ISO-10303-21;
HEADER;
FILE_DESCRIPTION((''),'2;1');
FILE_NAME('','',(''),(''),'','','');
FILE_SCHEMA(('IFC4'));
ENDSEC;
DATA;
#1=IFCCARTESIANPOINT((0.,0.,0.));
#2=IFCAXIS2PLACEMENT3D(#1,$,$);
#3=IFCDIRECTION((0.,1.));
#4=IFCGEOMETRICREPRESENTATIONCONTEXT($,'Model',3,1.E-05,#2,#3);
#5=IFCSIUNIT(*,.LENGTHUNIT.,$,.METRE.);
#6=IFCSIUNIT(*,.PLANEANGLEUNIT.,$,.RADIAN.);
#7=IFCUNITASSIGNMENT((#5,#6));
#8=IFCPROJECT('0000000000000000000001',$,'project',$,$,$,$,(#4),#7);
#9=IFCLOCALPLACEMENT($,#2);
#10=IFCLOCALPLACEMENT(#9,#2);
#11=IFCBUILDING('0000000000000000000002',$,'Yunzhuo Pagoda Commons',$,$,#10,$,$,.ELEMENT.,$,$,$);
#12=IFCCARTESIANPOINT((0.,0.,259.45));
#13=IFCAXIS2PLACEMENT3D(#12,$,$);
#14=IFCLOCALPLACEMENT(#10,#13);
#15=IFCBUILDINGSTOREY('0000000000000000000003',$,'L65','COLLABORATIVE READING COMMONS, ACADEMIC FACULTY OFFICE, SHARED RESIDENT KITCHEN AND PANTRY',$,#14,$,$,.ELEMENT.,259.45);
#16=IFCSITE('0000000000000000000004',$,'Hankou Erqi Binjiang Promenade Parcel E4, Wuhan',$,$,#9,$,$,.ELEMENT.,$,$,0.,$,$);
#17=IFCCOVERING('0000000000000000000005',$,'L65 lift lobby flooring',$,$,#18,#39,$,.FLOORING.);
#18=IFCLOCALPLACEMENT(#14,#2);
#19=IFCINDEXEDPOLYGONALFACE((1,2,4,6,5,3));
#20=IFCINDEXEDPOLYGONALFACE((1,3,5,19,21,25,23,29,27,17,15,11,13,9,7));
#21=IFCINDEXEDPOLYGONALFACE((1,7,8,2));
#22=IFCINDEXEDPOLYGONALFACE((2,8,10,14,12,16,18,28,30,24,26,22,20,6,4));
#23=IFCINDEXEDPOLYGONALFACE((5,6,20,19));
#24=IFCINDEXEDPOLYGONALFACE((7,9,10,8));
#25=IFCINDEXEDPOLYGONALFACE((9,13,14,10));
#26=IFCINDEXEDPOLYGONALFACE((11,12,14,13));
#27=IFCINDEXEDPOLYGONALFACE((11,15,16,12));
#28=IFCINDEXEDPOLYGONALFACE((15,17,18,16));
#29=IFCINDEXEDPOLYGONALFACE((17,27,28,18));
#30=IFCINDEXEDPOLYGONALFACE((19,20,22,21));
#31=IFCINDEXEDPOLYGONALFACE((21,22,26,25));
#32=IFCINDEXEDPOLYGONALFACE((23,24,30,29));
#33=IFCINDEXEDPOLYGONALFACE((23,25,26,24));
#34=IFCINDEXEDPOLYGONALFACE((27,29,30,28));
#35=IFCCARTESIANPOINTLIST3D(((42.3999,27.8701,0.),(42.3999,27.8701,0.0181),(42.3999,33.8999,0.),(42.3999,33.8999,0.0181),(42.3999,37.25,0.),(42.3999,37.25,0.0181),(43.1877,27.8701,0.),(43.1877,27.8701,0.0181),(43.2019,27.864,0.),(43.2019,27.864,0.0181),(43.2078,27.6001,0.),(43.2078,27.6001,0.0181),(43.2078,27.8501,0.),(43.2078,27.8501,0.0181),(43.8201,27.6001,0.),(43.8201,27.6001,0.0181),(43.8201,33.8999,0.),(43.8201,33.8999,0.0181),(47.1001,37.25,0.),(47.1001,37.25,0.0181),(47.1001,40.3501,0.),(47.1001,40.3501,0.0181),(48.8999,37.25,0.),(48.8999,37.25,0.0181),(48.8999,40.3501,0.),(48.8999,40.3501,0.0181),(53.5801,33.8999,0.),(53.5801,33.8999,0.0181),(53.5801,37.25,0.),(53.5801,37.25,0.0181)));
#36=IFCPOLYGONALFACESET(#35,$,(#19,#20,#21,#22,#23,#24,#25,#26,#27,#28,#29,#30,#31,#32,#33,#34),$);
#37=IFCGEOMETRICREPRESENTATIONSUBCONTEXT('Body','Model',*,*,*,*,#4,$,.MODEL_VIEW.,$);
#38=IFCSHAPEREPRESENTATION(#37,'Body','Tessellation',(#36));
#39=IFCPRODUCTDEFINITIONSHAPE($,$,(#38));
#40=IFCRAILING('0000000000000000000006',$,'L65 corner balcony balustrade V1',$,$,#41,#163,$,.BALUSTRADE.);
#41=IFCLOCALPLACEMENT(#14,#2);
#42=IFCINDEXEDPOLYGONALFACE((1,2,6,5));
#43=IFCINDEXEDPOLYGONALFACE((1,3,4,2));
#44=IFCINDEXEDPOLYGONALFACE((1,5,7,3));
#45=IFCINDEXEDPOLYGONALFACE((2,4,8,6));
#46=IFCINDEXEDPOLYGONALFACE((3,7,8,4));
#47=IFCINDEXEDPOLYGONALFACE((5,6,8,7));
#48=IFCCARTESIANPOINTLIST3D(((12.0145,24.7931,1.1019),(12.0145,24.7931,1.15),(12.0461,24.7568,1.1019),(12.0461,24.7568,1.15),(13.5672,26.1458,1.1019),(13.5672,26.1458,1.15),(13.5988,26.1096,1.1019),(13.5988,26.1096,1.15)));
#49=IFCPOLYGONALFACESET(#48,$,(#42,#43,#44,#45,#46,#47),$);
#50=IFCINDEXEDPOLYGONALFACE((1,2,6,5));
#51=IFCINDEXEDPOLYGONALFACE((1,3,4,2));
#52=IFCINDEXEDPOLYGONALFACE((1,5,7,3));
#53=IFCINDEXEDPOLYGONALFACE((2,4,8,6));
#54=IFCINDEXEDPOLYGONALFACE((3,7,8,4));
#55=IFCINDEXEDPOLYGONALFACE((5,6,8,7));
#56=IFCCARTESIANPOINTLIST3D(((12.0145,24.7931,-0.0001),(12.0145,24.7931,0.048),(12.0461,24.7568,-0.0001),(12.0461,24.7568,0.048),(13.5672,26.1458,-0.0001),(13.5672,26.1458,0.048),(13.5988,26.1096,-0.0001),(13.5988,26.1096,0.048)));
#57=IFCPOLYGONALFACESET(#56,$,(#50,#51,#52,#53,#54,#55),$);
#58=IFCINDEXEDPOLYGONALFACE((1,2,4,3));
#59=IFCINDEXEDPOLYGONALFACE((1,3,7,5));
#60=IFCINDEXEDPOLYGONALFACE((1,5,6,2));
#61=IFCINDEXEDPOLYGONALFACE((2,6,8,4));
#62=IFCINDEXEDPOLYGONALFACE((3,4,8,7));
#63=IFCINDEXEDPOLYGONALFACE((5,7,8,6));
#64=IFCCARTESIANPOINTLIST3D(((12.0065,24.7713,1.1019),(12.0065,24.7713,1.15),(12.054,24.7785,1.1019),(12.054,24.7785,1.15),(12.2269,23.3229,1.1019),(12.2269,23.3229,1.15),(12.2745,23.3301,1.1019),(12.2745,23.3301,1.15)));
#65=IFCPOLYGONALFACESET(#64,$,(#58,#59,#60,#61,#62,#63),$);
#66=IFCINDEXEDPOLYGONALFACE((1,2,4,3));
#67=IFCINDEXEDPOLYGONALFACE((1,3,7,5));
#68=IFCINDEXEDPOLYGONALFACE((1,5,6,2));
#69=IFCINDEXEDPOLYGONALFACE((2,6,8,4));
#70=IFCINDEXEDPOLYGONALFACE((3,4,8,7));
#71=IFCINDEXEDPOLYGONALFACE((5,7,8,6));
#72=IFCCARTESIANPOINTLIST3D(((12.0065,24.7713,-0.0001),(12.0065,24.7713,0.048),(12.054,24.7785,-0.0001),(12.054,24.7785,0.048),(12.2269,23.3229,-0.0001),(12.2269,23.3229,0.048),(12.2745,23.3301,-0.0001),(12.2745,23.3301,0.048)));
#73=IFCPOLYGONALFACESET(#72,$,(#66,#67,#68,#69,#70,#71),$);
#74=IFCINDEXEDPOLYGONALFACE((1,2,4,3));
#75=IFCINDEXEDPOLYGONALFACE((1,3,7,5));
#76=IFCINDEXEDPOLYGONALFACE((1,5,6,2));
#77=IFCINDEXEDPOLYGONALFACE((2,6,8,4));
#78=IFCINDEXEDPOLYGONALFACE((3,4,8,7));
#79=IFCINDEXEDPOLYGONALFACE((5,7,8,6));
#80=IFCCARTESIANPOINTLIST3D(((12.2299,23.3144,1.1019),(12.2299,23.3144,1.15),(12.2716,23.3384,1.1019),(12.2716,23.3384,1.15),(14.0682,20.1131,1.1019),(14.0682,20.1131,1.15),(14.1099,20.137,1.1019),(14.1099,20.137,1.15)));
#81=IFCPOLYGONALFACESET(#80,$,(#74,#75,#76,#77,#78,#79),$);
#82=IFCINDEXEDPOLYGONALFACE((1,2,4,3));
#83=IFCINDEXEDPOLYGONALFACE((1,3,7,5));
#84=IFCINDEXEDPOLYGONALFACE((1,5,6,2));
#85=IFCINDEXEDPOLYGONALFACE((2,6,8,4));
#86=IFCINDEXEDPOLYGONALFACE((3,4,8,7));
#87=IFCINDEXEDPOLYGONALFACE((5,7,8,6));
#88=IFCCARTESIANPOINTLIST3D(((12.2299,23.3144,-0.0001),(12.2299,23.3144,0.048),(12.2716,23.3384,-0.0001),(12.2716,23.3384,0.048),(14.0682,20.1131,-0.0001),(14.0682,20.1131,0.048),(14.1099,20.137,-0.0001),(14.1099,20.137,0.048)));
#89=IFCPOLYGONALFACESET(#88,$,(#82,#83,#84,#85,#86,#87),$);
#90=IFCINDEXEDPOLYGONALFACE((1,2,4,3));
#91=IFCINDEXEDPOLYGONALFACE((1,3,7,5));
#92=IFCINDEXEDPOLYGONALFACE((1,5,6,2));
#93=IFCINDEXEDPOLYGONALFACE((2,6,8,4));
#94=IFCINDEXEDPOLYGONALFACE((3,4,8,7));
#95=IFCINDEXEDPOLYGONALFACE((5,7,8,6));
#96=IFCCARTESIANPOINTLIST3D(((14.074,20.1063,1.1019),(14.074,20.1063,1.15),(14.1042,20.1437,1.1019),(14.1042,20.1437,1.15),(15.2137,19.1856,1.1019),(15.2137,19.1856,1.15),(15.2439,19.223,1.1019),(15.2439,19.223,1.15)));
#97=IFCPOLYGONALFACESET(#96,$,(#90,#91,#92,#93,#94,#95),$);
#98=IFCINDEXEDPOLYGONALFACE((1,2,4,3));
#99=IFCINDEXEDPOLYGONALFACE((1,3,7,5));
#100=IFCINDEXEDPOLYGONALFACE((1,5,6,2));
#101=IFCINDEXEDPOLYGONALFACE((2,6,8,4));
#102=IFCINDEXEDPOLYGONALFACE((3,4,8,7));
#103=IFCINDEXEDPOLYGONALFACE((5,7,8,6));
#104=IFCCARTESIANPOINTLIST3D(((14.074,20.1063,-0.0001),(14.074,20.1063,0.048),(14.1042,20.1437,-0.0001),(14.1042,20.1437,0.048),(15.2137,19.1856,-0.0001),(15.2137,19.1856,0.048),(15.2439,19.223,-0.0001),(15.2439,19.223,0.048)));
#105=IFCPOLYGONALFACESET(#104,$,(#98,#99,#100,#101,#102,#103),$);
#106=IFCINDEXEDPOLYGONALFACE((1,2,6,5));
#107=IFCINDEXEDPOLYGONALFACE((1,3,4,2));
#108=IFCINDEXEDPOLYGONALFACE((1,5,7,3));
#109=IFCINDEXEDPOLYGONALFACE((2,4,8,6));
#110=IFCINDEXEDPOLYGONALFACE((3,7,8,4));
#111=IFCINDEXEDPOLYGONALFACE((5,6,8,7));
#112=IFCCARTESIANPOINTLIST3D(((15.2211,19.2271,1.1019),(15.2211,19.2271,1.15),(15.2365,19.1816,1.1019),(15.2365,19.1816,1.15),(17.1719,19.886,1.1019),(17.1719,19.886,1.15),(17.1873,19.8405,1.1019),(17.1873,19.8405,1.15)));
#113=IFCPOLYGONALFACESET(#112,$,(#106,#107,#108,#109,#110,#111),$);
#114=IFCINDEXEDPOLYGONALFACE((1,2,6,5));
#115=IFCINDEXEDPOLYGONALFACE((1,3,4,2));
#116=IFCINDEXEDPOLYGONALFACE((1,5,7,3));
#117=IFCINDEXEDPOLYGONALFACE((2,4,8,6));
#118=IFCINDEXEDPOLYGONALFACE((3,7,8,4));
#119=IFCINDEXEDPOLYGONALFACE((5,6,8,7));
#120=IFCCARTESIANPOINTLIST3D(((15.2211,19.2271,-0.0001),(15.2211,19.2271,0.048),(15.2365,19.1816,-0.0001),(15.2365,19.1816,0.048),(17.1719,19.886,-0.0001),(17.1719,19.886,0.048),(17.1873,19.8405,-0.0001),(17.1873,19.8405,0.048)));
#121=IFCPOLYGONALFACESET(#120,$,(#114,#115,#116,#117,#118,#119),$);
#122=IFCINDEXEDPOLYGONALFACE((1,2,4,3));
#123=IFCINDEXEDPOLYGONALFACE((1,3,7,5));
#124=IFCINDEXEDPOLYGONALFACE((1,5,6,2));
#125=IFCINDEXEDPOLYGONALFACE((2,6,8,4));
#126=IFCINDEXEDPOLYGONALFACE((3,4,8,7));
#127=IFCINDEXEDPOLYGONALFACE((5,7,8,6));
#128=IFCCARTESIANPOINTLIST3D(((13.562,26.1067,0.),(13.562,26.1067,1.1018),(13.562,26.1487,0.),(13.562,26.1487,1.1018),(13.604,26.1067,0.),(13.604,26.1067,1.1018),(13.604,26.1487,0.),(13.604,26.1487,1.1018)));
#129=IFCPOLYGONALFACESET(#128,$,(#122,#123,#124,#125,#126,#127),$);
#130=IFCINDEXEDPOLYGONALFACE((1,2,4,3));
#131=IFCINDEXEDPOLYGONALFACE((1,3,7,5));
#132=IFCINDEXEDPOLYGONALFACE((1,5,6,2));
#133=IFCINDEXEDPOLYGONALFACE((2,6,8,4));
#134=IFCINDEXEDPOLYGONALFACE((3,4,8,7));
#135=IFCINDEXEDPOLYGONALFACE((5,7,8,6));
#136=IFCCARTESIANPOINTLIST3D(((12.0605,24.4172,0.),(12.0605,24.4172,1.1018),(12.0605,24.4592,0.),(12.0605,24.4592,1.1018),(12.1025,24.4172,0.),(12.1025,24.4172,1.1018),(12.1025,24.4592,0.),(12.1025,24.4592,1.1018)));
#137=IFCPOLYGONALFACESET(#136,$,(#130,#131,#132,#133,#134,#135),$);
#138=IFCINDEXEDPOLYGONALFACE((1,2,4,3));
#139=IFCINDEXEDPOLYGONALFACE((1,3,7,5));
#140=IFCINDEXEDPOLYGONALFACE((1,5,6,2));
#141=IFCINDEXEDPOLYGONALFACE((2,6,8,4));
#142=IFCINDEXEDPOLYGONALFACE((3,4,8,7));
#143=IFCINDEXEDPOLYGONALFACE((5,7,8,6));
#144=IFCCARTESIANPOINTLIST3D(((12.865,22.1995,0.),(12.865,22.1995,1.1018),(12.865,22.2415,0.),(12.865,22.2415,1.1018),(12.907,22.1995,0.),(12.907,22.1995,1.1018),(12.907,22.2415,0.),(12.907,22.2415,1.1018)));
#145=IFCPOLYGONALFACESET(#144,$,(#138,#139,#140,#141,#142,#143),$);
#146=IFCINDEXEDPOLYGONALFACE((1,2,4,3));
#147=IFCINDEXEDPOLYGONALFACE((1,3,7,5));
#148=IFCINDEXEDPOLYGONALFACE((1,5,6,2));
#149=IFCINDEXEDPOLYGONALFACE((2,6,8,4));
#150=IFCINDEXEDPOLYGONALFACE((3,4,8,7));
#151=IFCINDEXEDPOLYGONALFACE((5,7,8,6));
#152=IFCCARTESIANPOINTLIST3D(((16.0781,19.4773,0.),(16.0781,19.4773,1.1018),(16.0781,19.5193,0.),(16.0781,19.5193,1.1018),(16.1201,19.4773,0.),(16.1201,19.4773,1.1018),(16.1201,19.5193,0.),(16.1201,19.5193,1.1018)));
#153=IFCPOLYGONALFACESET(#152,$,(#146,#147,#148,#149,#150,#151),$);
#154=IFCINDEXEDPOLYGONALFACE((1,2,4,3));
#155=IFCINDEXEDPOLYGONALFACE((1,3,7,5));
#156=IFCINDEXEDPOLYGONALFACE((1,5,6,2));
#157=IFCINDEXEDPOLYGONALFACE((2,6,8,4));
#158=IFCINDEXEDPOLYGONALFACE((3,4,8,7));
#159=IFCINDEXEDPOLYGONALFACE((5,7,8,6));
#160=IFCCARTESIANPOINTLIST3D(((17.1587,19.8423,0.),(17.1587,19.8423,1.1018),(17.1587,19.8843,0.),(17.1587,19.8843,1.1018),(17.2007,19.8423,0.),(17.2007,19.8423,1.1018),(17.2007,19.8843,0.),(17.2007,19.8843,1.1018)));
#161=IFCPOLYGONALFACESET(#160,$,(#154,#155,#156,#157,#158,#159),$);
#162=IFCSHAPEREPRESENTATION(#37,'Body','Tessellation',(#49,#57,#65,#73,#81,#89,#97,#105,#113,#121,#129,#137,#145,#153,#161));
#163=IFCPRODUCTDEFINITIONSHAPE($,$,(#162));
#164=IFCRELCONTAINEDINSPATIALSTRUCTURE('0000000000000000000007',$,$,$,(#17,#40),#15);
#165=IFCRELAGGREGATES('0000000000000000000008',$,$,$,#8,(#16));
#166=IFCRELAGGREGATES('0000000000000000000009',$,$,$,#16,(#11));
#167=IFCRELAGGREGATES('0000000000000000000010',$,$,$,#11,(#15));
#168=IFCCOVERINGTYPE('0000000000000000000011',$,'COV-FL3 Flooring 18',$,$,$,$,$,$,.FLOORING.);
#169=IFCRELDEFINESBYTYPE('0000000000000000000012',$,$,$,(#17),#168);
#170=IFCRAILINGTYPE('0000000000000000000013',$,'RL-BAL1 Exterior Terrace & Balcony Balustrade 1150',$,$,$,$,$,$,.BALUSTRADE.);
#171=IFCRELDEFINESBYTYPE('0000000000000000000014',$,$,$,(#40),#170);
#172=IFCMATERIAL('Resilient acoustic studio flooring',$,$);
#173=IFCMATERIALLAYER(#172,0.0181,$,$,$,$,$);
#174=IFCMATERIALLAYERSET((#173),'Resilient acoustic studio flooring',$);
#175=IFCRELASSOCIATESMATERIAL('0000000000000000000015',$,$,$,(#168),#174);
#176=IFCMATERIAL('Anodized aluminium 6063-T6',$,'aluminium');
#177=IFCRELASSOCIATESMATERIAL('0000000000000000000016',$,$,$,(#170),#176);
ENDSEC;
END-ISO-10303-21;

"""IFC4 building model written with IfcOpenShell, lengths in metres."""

from ifc_helpers import new_model, si_unit, direction, frame, origin, origin_2d, place, context, subcontext, project, spatial, polyline, rectangle, outline, extrude, material, layer, layer_set, type_object, element, save


model = new_model("IFC4")

# Units and contexts
model_context = context("Model", 3, precision=1e-05, world=origin(), true_north=direction((0.0, 1.0)))
body_context = subcontext(model_context, "Body", "Model", "MODEL_VIEW")
ifc_project = project(units=[si_unit("LENGTHUNIT", "METRE"), si_unit("PLANEANGLEUNIT", "RADIAN")], contexts=[model_context])

# Site, building, storey
site_placement = place(None, origin())
site = spatial("IfcSite", under=ifc_project, at=site_placement, Name="Hankou Erqi Binjiang Promenade Parcel E4, Wuhan", CompositionType="ELEMENT", RefElevation=0.0)
building_placement = place(site_placement, origin())
building = spatial("IfcBuilding", under=site, at=building_placement, Name="Yunzhuo Pagoda Commons", CompositionType="ELEMENT")
storey_placement = place(building_placement, frame((0.0, 0.0, 259.45)))
storey = spatial("IfcBuildingStorey", under=building, at=storey_placement, Name="L65", Description="COLLABORATIVE READING COMMONS, ACADEMIC FACULTY OFFICE, SHARED RESIDENT KITCHEN AND PANTRY", CompositionType="ELEMENT", Elevation=259.45)

# Shared definitions
ifc_material_1 = material(Name="Anodized aluminium 6063-T6", Category="aluminium")

# Covering
ifc_material_2 = material(Name="Resilient acoustic studio flooring")
ifc_layer_1 = layer(ifc_material_2, 0.0181)
ifc_layer_set_1 = layer_set([ifc_layer_1], Name="Resilient acoustic studio flooring")
covering_type_1 = type_object("IfcCoveringType", Name="COV-FL3 Flooring 18", PredefinedType="FLOORING", material=ifc_layer_set_1)
covering_1_placement = place(storey_placement, origin())
element("IfcCovering", 1, at=covering_1_placement, inside=storey, type_object=covering_type_1, Name="L65 lift lobby flooring", PredefinedType="FLOORING", context=body_context, shape_type="SweptSolid", body=[
    extrude(outline(polyline([(43.2078, 27.8501), (43.2019, 27.864), (43.1877, 27.8701), (42.3999, 27.8701), (42.3999, 33.8999), (42.3999, 37.25), (47.1001, 37.25), (47.1001, 40.3501), (48.8999, 40.3501), (48.8999, 37.25), (53.5801, 37.25), (53.5801, 33.8999), (43.8201, 33.8999), (43.8201, 27.6001), (43.2078, 27.6001), (43.2078, 27.8501)])), origin(), (0.0, 0.0, 1.0), 0.0181),
])

# Railing
railing_type = type_object("IfcRailingType", Name="RL-BAL1 Exterior Terrace & Balcony Balustrade 1150", PredefinedType="BALUSTRADE", material=ifc_material_1)
railing_placement = place(storey_placement, frame((13.583, 26.1277, 0.0)))
element("IfcRailing", 2, at=railing_placement, inside=storey, type_object=railing_type, Name="L65 corner balcony balustrade V1", PredefinedType="BALUSTRADE", context=body_context, shape_type="SweptSolid", body=[
    extrude(rectangle(XDim=0.0481, YDim=0.0481, at=origin_2d()), frame((0.0, 0.0, 1.126), z_axis=(-0.753985, -0.656892, 0.0), x_axis=(0.656892, -0.753985, 0.0)), (0.0, 0.0, 1.0), 2.0593),
    extrude(rectangle(XDim=0.0481, YDim=0.0481, at=origin_2d()), frame((0.0, 0.0, 0.0239), z_axis=(-0.753985, -0.656892, 0.0), x_axis=(0.656892, -0.753985, 0.0)), (0.0, 0.0, 1.0), 2.0593),
    extrude(rectangle(XDim=0.0481, YDim=0.0481, at=origin_2d()), frame((-1.5527, -1.3528, 1.126), z_axis=(0.150467, -0.988615, 0.0), x_axis=(0.988615, 0.150467, 0.0)), (0.0, 0.0, 1.0), 1.4651),
    extrude(rectangle(XDim=0.0481, YDim=0.0481, at=origin_2d()), frame((-1.5527, -1.3528, 0.0239), z_axis=(0.150467, -0.988615, 0.0), x_axis=(0.988615, 0.150467, 0.0)), (0.0, 0.0, 1.0), 1.4651),
    extrude(rectangle(XDim=0.0481, YDim=0.0481, at=origin_2d()), frame((-1.3323, -2.8013, 1.126), z_axis=(0.497975, -0.867191, 0.0), x_axis=(0.867191, 0.497975, 0.0)), (0.0, 0.0, 1.0), 3.6917),
    extrude(rectangle(XDim=0.0481, YDim=0.0481, at=origin_2d()), frame((-1.3323, -2.8013, 0.0239), z_axis=(0.497975, -0.867191, 0.0), x_axis=(0.867191, 0.497975, 0.0)), (0.0, 0.0, 1.0), 3.6917),
    extrude(rectangle(XDim=0.0481, YDim=0.0481, at=origin_2d()), frame((0.5061, -6.0027, 1.126), z_axis=(0.777885, -0.628407, 0.0), x_axis=(0.628407, 0.777885, 0.0)), (0.0, 0.0, 1.0), 1.4651),
    extrude(rectangle(XDim=0.0481, YDim=0.0481, at=origin_2d()), frame((0.5061, -6.0027, 0.0239), z_axis=(0.777885, -0.628407, 0.0), x_axis=(0.628407, 0.777885, 0.0)), (0.0, 0.0, 1.0), 1.4651),
    extrude(rectangle(XDim=0.0481, YDim=0.0481, at=origin_2d()), frame((1.6458, -6.9233, 1.126), z_axis=(0.947419, 0.319996, 0.0), x_axis=(-0.319996, 0.947419, 0.0)), (0.0, 0.0, 1.0), 2.0591),
    extrude(rectangle(XDim=0.0481, YDim=0.0481, at=origin_2d()), frame((1.6458, -6.9233, 0.0239), z_axis=(0.947419, 0.319996, 0.0), x_axis=(-0.319996, 0.947419, 0.0)), (0.0, 0.0, 1.0), 2.0591),
    extrude(rectangle(XDim=0.042, YDim=0.042, at=origin_2d()), origin(), (0.0, 0.0, 1.0), 1.1018),
    extrude(rectangle(XDim=0.042, YDim=0.042, at=origin_2d()), frame((-1.5015, -1.6895, 0.0)), (0.0, 0.0, 1.0), 1.1018),
    extrude(rectangle(XDim=0.042, YDim=0.042, at=origin_2d()), frame((-0.697, -3.9072, 0.0)), (0.0, 0.0, 1.0), 1.1018),
    extrude(rectangle(XDim=0.042, YDim=0.042, at=origin_2d()), frame((2.5161, -6.6294, 0.0)), (0.0, 0.0, 1.0), 1.1018),
    extrude(rectangle(XDim=0.042, YDim=0.042, at=origin_2d()), frame((3.5967, -6.2644, 0.0)), (0.0, 0.0, 1.0), 1.1018),
])

save(model, "model.ifc")
